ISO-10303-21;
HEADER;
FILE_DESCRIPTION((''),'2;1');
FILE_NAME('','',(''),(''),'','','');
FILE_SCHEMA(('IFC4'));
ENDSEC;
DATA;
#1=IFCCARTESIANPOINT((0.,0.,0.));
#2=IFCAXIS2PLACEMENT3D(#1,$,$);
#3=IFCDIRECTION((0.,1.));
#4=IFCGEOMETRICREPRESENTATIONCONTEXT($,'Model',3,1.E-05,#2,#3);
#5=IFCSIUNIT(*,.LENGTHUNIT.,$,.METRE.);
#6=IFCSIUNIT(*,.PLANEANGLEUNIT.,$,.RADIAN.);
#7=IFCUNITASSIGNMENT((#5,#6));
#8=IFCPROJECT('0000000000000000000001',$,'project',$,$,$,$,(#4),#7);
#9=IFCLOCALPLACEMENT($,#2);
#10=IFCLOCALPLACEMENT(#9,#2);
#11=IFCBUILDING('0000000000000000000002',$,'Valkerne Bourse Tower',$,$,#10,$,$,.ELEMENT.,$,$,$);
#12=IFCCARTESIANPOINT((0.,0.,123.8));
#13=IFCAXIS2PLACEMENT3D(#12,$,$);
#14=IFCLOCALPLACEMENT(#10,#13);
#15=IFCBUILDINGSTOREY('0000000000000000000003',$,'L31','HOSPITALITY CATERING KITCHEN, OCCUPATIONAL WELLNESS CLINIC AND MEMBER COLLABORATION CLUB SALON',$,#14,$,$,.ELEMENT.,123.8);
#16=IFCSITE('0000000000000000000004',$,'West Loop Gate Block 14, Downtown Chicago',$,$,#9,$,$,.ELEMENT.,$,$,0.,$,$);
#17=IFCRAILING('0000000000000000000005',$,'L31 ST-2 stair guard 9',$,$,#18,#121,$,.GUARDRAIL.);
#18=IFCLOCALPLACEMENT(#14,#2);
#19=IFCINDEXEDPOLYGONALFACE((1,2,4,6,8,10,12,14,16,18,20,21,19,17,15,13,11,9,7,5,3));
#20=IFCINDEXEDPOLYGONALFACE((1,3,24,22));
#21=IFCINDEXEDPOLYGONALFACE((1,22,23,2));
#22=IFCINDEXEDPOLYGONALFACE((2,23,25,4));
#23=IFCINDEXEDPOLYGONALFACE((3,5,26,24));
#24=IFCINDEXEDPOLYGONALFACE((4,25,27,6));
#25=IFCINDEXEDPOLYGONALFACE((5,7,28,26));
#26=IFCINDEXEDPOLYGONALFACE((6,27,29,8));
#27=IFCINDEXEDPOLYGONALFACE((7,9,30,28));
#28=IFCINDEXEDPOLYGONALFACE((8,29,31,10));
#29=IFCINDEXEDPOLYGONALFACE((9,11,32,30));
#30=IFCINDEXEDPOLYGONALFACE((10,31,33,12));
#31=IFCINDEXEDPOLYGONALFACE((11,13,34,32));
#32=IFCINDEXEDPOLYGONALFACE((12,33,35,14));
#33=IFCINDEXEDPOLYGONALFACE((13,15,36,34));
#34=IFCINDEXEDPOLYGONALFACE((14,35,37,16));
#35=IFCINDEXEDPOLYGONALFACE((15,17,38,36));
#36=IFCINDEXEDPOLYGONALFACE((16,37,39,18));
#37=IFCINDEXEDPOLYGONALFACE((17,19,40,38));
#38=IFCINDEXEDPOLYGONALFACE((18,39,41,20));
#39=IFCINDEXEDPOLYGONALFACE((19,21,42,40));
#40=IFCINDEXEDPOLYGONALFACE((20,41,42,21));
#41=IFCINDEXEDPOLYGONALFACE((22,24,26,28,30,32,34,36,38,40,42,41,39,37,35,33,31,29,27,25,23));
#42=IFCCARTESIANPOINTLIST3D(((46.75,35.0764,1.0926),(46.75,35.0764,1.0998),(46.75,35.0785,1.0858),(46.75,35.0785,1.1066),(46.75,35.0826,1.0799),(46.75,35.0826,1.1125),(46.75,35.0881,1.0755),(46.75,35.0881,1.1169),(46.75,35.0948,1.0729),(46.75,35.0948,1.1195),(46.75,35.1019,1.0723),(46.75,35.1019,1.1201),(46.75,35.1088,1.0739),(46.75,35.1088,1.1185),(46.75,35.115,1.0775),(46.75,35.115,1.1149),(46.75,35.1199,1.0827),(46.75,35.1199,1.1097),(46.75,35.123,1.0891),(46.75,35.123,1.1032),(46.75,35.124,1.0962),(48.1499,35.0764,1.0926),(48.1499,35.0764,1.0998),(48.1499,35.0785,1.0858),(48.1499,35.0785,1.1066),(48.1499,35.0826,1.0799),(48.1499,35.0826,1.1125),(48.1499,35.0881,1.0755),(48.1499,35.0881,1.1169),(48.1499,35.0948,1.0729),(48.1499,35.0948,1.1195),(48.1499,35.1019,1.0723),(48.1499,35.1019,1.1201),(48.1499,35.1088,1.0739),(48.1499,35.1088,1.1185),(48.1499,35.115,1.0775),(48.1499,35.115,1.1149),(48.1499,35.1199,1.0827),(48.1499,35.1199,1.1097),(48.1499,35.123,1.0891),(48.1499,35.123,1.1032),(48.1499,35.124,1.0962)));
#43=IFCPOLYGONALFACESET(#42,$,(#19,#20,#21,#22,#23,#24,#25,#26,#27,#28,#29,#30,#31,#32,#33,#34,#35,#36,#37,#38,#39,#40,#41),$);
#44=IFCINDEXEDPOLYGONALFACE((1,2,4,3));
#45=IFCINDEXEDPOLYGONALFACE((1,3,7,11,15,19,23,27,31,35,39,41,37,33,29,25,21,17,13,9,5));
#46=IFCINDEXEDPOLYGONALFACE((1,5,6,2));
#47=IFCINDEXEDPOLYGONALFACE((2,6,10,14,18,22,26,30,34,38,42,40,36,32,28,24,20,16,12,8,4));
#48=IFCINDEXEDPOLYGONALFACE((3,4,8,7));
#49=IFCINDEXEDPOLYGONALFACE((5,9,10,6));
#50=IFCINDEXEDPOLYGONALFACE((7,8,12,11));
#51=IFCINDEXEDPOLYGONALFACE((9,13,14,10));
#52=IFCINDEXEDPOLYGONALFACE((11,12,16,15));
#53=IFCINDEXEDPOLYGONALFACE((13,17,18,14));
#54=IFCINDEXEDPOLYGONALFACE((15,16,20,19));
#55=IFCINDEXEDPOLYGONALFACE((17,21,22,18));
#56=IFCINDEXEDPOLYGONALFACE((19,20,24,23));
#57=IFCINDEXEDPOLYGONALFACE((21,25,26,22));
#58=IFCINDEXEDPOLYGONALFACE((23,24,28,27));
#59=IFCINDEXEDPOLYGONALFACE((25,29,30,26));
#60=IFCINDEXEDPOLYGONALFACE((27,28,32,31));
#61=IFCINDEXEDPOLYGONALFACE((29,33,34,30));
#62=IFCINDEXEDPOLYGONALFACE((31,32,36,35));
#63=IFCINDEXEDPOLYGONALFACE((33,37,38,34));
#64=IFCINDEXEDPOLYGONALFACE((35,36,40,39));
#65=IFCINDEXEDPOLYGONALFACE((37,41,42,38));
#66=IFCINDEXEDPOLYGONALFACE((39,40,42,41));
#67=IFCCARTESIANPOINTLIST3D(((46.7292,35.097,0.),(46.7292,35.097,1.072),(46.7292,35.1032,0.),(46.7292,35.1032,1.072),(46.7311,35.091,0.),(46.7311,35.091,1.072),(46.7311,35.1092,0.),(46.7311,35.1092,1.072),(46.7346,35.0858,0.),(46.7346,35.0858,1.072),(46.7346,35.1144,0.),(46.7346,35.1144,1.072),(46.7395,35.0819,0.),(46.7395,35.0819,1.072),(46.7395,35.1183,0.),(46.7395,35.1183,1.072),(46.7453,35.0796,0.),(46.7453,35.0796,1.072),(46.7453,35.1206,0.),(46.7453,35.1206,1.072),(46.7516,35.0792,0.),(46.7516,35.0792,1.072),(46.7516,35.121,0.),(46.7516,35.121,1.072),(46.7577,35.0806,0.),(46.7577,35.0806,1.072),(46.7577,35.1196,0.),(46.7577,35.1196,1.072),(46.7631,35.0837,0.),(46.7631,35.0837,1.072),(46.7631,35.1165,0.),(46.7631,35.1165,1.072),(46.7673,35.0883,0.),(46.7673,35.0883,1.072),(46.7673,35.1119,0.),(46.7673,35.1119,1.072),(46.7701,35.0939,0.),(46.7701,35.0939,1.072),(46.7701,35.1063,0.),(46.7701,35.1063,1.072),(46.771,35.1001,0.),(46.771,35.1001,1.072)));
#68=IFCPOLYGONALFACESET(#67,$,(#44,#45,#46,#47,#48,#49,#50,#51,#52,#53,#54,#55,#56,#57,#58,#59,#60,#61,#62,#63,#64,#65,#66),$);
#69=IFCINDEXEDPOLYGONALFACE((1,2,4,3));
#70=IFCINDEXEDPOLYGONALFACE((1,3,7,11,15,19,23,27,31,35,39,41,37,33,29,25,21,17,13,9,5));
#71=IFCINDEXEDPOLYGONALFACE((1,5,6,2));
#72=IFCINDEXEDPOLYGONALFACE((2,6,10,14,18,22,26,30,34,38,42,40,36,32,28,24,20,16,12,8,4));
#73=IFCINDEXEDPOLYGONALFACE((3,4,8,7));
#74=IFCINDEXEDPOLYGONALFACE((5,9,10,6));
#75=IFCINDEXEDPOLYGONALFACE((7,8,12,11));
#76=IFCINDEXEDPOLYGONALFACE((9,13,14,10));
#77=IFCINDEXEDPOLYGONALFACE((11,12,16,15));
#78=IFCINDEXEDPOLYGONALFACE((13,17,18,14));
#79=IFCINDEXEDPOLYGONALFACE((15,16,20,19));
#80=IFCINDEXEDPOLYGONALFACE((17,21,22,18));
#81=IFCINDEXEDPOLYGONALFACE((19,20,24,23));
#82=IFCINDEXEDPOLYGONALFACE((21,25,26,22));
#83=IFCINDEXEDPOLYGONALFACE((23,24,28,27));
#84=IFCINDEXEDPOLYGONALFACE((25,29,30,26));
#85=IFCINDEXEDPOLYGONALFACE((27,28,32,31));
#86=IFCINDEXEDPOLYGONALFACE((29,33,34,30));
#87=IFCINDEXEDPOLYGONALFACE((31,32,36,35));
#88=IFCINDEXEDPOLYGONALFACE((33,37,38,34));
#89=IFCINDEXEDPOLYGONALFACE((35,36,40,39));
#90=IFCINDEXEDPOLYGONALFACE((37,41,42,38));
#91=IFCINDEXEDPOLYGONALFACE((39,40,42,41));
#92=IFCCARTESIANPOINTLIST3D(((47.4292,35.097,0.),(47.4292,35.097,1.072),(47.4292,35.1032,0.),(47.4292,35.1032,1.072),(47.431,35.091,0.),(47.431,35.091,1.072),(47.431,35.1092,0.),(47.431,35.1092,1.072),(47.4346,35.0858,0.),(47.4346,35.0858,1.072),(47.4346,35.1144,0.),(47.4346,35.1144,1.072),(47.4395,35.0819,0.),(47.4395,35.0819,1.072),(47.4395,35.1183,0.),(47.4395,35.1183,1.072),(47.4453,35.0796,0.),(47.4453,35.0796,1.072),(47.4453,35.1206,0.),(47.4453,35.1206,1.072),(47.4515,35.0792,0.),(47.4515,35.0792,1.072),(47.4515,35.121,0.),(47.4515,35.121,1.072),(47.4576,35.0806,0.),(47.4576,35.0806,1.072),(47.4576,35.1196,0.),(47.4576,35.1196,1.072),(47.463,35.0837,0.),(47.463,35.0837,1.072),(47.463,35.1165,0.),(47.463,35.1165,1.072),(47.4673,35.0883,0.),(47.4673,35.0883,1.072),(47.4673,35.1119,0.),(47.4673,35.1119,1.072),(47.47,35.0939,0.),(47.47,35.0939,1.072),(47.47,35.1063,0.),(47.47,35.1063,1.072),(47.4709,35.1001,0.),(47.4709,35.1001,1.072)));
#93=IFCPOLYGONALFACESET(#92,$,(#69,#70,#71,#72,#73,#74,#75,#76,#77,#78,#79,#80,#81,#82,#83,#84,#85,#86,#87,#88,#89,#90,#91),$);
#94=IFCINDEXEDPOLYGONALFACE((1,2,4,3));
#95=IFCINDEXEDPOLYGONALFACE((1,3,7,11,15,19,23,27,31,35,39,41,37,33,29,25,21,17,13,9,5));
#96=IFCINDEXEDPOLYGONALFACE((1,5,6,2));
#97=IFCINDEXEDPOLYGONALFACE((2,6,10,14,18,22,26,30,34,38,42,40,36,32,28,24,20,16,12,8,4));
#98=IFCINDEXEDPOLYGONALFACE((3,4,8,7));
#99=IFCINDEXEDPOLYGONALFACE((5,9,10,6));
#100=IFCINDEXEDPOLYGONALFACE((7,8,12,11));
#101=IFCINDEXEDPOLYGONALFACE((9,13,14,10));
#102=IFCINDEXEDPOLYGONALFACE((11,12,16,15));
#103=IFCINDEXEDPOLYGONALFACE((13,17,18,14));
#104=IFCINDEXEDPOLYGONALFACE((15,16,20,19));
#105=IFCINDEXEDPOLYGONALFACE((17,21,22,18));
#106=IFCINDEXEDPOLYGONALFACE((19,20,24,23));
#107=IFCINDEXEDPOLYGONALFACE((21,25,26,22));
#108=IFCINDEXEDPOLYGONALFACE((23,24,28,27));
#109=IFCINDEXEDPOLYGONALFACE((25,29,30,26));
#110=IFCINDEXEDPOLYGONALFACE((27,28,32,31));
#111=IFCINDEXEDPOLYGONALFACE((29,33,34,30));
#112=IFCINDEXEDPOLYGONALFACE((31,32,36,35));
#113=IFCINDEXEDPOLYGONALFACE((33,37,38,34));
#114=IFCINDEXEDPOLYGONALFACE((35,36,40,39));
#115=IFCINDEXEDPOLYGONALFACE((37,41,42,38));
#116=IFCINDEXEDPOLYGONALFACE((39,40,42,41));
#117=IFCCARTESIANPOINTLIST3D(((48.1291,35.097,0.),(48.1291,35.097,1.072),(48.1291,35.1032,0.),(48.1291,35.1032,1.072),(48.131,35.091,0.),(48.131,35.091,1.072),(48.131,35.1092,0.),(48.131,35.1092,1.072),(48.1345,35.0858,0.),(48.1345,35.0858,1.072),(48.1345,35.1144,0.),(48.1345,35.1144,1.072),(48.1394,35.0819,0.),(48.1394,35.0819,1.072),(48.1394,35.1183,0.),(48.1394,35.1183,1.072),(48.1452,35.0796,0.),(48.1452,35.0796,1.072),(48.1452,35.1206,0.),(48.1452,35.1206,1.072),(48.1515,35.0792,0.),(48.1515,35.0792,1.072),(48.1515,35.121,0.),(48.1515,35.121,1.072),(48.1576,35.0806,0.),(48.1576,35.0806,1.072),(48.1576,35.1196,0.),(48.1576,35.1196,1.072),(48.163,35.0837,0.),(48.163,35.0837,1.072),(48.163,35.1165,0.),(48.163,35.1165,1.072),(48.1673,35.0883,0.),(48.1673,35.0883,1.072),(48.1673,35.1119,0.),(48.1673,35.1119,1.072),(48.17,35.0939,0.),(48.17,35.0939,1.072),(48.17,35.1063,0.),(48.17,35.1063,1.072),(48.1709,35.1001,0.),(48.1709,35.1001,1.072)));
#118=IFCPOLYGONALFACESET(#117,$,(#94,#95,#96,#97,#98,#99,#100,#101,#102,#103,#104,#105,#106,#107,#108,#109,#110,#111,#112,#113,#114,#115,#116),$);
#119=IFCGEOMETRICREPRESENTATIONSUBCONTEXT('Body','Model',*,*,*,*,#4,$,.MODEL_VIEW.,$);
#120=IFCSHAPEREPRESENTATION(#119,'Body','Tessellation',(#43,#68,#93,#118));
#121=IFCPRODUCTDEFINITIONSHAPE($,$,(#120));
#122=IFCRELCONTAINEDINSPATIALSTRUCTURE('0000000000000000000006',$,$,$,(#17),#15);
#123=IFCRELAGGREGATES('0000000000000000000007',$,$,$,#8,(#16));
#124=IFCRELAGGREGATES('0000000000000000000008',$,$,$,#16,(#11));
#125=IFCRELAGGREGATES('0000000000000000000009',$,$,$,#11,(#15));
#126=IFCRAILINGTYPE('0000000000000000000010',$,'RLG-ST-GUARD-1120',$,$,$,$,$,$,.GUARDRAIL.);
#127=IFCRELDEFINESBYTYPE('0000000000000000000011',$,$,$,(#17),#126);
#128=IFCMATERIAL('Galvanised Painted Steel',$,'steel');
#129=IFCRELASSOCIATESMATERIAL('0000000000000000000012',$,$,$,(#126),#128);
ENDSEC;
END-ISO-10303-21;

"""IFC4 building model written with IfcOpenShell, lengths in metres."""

from ifc_helpers import new_model, si_unit, direction, frame, origin, origin_2d, place, context, subcontext, project, spatial, circle, extrude, material, type_object, element, save


model = new_model("IFC4")

# Units and contexts
model_context = context("Model", 3, precision=1e-05, world=origin(), true_north=direction((0.0, 1.0)))
body_context = subcontext(model_context, "Body", "Model", "MODEL_VIEW")
ifc_project = project(units=[si_unit("LENGTHUNIT", "METRE"), si_unit("PLANEANGLEUNIT", "RADIAN")], contexts=[model_context])

# Site, building, storey
site_placement = place(None, origin())
site = spatial("IfcSite", under=ifc_project, at=site_placement, Name="West Loop Gate Block 14, Downtown Chicago", CompositionType="ELEMENT", RefElevation=0.0)
building_placement = place(site_placement, origin())
building = spatial("IfcBuilding", under=site, at=building_placement, Name="Valkerne Bourse Tower", CompositionType="ELEMENT")
storey_placement = place(building_placement, frame((0.0, 0.0, 123.8)))
storey = spatial("IfcBuildingStorey", under=building, at=storey_placement, Name="L31", Description="HOSPITALITY CATERING KITCHEN, OCCUPATIONAL WELLNESS CLINIC AND MEMBER COLLABORATION CLUB SALON", CompositionType="ELEMENT", Elevation=123.8)

# Shared definitions
ifc_material_1 = material(Name="Galvanised Painted Steel", Category="steel")

# Railing
railing_type_1 = type_object("IfcRailingType", Name="RLG-ST-GUARD-1120", PredefinedType="GUARDRAIL", material=ifc_material_1)
for number, where, name in (
    (1, (46.75, 35.1001, 0.0), "L31 ST-2 stair guard 9"),
):
    element("IfcRailing", number, at=place(storey_placement, frame(where)), inside=storey, type_object=railing_type_1, Name=name, PredefinedType="GUARDRAIL", context=body_context, shape_type="SweptSolid", body=[
        extrude(circle(Radius=0.0239, at=origin_2d()), frame((0.0, 0.0, 1.0962), z_axis=(1.0, 0.0, 0.0), x_axis=(0.0, 1.0, 0.0)), (0.0, 0.0, 1.0), 1.3999),
        extrude(circle(Radius=0.021, at=origin_2d()), origin(), (0.0, 0.0, 1.0), 1.072),
        extrude(circle(Radius=0.021, at=origin_2d()), frame((0.7, 0.0, 0.0)), (0.0, 0.0, 1.0), 1.072),
        extrude(circle(Radius=0.021, at=origin_2d()), frame((1.3999, 0.0, 0.0)), (0.0, 0.0, 1.0), 1.072),
    ])

save(model, "model.ifc")
